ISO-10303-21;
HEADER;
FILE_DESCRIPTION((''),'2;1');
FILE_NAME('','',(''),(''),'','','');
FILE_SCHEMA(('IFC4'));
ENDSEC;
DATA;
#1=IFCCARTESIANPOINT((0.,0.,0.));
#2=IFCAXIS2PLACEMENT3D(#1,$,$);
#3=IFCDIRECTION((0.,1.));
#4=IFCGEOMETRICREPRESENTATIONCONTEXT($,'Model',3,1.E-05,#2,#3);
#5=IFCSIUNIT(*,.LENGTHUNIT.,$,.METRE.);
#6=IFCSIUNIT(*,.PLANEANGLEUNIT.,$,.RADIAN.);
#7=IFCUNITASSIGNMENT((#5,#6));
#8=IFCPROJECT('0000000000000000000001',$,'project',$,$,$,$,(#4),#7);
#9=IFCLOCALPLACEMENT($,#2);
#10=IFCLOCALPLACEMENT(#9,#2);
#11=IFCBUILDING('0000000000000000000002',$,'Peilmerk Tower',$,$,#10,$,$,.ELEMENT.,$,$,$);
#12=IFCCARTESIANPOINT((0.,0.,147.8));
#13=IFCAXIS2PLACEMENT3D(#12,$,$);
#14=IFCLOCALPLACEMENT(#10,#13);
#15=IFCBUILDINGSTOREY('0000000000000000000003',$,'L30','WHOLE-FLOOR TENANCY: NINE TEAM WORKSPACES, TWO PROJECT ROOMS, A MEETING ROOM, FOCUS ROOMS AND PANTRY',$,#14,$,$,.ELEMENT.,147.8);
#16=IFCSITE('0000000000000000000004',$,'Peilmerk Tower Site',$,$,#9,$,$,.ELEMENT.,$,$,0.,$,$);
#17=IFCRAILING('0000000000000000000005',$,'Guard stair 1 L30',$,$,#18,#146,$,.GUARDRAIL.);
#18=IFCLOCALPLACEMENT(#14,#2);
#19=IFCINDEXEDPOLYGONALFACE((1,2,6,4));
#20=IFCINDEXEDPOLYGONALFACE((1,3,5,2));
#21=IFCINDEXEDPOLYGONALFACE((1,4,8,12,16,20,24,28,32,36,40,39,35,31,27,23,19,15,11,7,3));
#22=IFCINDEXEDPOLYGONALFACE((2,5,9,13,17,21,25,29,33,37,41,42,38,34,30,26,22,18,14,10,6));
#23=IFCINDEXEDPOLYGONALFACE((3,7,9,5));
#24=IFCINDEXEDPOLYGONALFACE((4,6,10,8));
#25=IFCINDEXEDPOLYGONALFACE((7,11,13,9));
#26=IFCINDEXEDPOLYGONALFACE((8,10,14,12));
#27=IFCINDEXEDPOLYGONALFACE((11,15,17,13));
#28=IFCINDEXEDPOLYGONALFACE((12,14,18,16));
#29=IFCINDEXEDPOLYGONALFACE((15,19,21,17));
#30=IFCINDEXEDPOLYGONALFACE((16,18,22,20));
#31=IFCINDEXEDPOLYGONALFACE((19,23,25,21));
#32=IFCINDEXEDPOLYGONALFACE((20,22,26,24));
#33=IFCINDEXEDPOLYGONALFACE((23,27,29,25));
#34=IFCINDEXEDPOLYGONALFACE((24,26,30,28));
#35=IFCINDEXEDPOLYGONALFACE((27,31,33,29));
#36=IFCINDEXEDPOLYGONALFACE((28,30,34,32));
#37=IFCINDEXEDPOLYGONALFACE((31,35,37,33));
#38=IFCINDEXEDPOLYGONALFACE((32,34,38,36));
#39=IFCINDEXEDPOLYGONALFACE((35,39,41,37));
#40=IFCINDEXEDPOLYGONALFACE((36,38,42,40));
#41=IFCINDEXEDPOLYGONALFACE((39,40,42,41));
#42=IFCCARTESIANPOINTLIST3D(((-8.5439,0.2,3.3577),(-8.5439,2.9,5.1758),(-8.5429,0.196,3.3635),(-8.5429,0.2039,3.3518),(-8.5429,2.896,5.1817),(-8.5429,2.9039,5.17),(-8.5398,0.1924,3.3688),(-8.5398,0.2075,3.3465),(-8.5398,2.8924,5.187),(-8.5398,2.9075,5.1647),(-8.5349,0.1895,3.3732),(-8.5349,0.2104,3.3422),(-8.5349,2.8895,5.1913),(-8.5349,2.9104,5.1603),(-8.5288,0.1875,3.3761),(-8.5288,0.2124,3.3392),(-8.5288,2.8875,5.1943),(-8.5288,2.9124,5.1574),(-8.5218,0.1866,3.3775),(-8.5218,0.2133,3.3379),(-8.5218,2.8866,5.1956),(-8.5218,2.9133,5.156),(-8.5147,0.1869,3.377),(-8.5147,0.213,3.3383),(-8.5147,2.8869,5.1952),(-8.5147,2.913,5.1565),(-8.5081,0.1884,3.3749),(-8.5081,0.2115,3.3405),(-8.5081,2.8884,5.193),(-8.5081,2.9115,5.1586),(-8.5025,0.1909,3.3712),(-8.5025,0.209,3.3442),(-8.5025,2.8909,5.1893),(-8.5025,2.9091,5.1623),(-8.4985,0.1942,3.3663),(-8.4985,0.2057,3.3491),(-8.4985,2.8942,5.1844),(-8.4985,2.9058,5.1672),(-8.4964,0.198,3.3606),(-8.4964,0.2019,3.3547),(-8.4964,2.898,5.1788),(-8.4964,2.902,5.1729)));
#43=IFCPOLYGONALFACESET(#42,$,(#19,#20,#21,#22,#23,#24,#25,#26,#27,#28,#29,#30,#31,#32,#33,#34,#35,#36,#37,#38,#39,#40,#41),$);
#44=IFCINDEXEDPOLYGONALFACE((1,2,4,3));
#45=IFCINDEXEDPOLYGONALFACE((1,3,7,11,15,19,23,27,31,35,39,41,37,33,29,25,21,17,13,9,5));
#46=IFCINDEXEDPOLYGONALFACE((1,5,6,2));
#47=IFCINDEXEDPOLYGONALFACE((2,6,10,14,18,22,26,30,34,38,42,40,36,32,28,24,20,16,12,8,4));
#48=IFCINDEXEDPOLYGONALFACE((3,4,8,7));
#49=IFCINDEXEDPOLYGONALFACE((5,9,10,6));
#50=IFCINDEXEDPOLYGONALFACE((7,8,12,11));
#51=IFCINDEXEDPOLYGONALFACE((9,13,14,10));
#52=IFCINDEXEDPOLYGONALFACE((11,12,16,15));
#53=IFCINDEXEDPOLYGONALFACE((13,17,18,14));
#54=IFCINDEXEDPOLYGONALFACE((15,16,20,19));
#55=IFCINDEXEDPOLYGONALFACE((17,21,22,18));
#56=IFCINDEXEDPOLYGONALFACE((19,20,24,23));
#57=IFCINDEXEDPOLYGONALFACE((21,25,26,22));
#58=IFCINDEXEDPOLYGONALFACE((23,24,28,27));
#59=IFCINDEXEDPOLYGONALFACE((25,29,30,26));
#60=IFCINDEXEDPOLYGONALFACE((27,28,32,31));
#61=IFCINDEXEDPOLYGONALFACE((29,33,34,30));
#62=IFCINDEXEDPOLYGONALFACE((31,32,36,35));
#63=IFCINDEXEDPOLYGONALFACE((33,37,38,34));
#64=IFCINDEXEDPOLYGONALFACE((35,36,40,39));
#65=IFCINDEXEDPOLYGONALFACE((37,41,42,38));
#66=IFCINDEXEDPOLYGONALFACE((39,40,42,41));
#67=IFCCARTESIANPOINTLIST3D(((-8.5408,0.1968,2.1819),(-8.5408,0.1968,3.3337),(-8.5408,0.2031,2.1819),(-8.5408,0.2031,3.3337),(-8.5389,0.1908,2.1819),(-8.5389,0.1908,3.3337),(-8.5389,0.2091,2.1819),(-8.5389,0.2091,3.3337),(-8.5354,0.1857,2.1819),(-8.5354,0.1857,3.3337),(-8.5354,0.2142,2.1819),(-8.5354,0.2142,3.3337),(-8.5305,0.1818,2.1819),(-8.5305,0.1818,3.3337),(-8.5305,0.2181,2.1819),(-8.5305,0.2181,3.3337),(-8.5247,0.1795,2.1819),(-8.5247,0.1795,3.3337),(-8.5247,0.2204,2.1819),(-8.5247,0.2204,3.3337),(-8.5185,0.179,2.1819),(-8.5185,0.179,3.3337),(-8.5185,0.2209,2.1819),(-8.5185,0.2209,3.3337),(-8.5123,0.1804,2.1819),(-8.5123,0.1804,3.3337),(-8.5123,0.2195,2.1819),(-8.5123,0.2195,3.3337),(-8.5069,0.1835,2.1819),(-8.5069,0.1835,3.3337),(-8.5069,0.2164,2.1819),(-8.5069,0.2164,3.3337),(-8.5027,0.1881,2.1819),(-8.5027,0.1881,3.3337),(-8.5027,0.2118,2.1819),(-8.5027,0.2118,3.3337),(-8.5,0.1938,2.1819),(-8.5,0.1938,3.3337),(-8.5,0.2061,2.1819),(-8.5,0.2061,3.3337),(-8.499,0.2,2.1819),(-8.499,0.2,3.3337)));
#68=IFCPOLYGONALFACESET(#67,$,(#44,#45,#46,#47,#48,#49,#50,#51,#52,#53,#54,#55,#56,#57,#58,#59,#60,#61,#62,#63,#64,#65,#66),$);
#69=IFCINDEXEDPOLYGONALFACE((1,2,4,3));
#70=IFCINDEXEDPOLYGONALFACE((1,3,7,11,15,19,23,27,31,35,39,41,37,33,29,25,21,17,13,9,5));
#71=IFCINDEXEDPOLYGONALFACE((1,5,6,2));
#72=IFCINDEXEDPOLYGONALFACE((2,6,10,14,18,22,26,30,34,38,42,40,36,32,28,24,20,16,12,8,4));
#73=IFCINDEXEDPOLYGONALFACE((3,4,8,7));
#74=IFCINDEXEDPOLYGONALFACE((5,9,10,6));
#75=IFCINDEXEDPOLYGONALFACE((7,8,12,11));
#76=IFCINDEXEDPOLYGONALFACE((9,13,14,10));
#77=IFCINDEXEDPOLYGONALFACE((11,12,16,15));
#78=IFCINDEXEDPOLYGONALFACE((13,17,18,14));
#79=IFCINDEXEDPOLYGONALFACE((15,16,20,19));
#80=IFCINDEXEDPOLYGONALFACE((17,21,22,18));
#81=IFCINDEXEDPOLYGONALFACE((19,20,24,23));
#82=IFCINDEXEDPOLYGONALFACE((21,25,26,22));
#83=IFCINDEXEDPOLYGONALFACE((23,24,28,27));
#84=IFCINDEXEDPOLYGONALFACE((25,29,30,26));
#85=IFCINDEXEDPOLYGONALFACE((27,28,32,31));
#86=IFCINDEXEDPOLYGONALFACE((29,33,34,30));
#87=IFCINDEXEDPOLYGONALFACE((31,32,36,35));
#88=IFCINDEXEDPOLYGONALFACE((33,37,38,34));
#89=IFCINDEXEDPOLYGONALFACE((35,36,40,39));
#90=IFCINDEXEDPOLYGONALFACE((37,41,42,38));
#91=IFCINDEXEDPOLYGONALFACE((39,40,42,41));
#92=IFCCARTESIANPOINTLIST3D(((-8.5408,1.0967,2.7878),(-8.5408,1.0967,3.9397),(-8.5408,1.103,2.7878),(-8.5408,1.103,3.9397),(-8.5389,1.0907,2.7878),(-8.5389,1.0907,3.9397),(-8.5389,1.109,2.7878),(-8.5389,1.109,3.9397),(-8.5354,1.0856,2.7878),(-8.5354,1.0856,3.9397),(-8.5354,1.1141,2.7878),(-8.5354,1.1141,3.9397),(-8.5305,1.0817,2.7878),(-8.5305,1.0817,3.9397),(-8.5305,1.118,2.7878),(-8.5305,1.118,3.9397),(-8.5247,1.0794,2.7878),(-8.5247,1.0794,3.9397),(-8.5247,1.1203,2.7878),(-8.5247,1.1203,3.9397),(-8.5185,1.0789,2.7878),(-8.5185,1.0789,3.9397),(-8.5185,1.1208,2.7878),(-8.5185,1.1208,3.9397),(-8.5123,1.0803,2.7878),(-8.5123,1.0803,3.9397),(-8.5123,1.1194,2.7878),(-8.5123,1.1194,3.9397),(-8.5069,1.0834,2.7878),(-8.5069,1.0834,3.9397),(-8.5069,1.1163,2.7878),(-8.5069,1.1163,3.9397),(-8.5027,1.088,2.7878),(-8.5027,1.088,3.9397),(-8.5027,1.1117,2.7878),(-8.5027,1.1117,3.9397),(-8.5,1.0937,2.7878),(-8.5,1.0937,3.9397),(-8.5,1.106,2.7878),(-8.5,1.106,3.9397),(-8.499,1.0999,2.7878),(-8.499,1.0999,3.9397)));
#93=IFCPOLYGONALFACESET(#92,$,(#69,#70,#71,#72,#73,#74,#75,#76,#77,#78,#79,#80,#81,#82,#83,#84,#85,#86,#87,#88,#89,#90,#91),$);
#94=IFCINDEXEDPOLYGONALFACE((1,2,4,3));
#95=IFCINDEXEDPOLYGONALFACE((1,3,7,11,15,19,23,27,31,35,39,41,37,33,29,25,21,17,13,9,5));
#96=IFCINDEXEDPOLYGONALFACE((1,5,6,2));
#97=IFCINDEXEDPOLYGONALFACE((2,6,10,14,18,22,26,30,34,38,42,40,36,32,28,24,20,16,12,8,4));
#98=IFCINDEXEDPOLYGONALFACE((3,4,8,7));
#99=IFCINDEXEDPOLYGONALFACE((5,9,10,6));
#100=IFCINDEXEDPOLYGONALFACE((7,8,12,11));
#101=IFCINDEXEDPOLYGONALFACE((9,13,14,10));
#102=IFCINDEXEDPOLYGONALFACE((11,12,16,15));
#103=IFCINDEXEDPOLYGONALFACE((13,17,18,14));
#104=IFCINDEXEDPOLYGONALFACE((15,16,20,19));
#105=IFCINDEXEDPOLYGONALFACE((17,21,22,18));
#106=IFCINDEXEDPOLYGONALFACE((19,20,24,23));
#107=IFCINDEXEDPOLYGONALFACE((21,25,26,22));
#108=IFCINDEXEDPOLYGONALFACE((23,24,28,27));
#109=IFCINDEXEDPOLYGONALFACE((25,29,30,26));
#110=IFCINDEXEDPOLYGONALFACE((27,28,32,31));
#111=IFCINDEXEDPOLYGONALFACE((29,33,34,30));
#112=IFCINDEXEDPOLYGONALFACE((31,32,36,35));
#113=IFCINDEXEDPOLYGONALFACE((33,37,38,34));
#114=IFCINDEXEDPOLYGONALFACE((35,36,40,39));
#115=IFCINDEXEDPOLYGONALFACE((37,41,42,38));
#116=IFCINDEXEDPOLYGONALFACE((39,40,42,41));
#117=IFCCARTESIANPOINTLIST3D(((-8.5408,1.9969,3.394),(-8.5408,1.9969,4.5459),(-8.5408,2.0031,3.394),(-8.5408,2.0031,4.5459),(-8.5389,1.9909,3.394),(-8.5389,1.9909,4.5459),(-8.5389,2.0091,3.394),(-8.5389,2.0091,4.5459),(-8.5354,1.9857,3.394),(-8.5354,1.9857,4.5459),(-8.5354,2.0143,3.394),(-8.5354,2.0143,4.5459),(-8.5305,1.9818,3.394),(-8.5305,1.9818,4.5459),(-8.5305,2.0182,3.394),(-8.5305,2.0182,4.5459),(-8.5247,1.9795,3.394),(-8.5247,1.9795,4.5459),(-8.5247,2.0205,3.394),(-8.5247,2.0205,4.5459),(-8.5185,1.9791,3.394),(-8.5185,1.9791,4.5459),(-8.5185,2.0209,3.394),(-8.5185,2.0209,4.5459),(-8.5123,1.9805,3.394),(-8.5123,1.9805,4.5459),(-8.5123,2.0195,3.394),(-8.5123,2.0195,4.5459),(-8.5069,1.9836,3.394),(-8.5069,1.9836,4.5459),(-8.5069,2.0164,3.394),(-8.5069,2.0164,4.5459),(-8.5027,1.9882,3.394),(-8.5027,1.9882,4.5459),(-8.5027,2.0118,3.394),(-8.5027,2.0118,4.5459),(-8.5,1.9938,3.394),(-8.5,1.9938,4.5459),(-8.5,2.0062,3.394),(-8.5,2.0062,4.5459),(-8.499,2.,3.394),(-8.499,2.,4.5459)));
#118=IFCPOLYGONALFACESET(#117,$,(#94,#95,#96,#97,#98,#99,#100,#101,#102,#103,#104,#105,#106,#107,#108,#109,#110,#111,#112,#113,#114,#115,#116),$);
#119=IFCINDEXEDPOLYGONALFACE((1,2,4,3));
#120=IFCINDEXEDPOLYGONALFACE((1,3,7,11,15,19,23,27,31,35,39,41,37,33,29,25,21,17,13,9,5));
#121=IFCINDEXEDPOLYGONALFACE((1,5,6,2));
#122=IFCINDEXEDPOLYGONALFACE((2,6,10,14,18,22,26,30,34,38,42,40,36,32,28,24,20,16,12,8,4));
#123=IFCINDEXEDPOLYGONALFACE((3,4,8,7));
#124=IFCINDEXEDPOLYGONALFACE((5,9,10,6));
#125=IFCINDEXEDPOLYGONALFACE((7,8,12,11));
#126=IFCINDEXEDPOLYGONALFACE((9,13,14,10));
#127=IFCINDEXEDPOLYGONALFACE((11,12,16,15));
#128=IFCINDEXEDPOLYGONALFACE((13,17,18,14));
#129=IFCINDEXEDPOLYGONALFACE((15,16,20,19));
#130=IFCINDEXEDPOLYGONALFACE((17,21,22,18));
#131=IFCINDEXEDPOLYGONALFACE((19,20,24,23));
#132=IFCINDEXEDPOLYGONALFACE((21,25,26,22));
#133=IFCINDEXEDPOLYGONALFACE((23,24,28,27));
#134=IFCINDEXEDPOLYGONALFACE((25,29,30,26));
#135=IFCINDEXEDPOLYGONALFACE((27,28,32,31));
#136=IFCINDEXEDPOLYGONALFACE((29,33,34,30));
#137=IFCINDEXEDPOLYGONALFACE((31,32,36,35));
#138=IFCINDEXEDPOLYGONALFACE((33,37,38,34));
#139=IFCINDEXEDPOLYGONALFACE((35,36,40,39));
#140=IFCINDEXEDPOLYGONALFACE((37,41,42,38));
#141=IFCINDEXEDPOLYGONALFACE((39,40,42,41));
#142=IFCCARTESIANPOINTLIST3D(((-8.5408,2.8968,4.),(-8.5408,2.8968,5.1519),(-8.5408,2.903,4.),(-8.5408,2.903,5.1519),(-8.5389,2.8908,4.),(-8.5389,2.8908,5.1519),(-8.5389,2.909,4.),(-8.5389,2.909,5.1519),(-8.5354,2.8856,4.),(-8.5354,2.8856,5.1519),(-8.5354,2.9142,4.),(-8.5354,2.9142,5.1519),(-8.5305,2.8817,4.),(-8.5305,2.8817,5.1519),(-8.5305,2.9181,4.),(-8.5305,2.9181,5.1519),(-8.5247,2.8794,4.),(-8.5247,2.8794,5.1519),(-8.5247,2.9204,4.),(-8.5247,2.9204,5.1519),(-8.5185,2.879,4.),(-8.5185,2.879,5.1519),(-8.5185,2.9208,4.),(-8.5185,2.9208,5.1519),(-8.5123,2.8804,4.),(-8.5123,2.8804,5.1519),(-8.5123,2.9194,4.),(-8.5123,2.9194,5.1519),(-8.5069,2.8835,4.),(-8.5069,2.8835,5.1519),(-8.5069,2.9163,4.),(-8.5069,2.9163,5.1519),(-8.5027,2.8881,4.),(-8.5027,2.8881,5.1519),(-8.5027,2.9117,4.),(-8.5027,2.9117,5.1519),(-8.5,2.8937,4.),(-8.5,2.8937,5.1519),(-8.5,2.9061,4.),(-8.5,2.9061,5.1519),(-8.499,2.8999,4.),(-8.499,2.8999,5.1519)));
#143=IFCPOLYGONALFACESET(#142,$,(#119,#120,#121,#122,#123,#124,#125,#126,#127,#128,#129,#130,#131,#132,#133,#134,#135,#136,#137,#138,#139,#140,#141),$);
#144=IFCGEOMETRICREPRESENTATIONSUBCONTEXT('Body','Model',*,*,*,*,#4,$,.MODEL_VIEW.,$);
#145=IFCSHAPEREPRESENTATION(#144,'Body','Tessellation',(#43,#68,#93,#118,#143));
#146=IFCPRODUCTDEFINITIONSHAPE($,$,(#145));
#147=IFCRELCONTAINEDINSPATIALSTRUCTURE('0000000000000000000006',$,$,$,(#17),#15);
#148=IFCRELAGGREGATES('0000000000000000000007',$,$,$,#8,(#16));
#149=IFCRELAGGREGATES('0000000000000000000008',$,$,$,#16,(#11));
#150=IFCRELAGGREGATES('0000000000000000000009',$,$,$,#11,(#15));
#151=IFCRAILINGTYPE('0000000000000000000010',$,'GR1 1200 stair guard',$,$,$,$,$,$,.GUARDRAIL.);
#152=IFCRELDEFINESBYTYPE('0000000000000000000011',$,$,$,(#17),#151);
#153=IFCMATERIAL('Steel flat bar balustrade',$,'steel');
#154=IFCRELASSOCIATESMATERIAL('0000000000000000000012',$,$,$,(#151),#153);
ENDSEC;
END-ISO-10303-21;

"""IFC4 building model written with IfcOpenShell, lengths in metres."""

from ifc_helpers import new_model, si_unit, direction, frame, origin, origin_2d, place, context, subcontext, project, spatial, circle, extrude, material, type_object, element, save


model = new_model("IFC4")

# Units and contexts
model_context = context("Model", 3, precision=1e-05, world=origin(), true_north=direction((0.0, 1.0)))
body_context = subcontext(model_context, "Body", "Model", "MODEL_VIEW")
ifc_project = project(units=[si_unit("LENGTHUNIT", "METRE"), si_unit("PLANEANGLEUNIT", "RADIAN")], contexts=[model_context])

# Site, building, storey
site_placement = place(None, origin())
site = spatial("IfcSite", under=ifc_project, at=site_placement, Name="Peilmerk Tower Site", CompositionType="ELEMENT", RefElevation=0.0)
building_placement = place(site_placement, origin())
building = spatial("IfcBuilding", under=site, at=building_placement, Name="Peilmerk Tower", CompositionType="ELEMENT")
storey_placement = place(building_placement, frame((0.0, 0.0, 147.8)))
storey = spatial("IfcBuildingStorey", under=building, at=storey_placement, Name="L30", Description="WHOLE-FLOOR TENANCY: NINE TEAM WORKSPACES, TWO PROJECT ROOMS, A MEETING ROOM, FOCUS ROOMS AND PANTRY", CompositionType="ELEMENT", Elevation=147.8)

# Railing
ifc_material_1 = material(Name="Steel flat bar balustrade", Category="steel")
railing_type_1 = type_object("IfcRailingType", Name="GR1 1200 stair guard", PredefinedType="GUARDRAIL", material=ifc_material_1)
railing_1_placement = place(storey_placement, frame((-8.52, 0.2, 2.1819)))
element("IfcRailing", 1, at=railing_1_placement, inside=storey, type_object=railing_type_1, Name="Guard stair 1 L30", PredefinedType="GUARDRAIL", context=body_context, shape_type="SweptSolid", body=[
    extrude(circle(Radius=0.0239, at=origin_2d()), frame((0.0, 0.0, 1.1758), z_axis=(0.0, 0.829468, 0.558554), x_axis=(-1.0, 0.0, 0.0)), (0.0, 0.0, 1.0), 3.2551),
    extrude(circle(Radius=0.021, at=origin_2d()), origin(), (0.0, 0.0, 1.0), 1.1519),
    extrude(circle(Radius=0.021, at=origin_2d()), frame((0.0, 0.8999, 0.606)), (0.0, 0.0, 1.0), 1.1519),
    extrude(circle(Radius=0.021, at=origin_2d()), frame((0.0, 1.8, 1.2122)), (0.0, 0.0, 1.0), 1.1519),
    extrude(circle(Radius=0.021, at=origin_2d()), frame((0.0, 2.7, 1.8181)), (0.0, 0.0, 1.0), 1.1519),
])

save(model, "model.ifc")
